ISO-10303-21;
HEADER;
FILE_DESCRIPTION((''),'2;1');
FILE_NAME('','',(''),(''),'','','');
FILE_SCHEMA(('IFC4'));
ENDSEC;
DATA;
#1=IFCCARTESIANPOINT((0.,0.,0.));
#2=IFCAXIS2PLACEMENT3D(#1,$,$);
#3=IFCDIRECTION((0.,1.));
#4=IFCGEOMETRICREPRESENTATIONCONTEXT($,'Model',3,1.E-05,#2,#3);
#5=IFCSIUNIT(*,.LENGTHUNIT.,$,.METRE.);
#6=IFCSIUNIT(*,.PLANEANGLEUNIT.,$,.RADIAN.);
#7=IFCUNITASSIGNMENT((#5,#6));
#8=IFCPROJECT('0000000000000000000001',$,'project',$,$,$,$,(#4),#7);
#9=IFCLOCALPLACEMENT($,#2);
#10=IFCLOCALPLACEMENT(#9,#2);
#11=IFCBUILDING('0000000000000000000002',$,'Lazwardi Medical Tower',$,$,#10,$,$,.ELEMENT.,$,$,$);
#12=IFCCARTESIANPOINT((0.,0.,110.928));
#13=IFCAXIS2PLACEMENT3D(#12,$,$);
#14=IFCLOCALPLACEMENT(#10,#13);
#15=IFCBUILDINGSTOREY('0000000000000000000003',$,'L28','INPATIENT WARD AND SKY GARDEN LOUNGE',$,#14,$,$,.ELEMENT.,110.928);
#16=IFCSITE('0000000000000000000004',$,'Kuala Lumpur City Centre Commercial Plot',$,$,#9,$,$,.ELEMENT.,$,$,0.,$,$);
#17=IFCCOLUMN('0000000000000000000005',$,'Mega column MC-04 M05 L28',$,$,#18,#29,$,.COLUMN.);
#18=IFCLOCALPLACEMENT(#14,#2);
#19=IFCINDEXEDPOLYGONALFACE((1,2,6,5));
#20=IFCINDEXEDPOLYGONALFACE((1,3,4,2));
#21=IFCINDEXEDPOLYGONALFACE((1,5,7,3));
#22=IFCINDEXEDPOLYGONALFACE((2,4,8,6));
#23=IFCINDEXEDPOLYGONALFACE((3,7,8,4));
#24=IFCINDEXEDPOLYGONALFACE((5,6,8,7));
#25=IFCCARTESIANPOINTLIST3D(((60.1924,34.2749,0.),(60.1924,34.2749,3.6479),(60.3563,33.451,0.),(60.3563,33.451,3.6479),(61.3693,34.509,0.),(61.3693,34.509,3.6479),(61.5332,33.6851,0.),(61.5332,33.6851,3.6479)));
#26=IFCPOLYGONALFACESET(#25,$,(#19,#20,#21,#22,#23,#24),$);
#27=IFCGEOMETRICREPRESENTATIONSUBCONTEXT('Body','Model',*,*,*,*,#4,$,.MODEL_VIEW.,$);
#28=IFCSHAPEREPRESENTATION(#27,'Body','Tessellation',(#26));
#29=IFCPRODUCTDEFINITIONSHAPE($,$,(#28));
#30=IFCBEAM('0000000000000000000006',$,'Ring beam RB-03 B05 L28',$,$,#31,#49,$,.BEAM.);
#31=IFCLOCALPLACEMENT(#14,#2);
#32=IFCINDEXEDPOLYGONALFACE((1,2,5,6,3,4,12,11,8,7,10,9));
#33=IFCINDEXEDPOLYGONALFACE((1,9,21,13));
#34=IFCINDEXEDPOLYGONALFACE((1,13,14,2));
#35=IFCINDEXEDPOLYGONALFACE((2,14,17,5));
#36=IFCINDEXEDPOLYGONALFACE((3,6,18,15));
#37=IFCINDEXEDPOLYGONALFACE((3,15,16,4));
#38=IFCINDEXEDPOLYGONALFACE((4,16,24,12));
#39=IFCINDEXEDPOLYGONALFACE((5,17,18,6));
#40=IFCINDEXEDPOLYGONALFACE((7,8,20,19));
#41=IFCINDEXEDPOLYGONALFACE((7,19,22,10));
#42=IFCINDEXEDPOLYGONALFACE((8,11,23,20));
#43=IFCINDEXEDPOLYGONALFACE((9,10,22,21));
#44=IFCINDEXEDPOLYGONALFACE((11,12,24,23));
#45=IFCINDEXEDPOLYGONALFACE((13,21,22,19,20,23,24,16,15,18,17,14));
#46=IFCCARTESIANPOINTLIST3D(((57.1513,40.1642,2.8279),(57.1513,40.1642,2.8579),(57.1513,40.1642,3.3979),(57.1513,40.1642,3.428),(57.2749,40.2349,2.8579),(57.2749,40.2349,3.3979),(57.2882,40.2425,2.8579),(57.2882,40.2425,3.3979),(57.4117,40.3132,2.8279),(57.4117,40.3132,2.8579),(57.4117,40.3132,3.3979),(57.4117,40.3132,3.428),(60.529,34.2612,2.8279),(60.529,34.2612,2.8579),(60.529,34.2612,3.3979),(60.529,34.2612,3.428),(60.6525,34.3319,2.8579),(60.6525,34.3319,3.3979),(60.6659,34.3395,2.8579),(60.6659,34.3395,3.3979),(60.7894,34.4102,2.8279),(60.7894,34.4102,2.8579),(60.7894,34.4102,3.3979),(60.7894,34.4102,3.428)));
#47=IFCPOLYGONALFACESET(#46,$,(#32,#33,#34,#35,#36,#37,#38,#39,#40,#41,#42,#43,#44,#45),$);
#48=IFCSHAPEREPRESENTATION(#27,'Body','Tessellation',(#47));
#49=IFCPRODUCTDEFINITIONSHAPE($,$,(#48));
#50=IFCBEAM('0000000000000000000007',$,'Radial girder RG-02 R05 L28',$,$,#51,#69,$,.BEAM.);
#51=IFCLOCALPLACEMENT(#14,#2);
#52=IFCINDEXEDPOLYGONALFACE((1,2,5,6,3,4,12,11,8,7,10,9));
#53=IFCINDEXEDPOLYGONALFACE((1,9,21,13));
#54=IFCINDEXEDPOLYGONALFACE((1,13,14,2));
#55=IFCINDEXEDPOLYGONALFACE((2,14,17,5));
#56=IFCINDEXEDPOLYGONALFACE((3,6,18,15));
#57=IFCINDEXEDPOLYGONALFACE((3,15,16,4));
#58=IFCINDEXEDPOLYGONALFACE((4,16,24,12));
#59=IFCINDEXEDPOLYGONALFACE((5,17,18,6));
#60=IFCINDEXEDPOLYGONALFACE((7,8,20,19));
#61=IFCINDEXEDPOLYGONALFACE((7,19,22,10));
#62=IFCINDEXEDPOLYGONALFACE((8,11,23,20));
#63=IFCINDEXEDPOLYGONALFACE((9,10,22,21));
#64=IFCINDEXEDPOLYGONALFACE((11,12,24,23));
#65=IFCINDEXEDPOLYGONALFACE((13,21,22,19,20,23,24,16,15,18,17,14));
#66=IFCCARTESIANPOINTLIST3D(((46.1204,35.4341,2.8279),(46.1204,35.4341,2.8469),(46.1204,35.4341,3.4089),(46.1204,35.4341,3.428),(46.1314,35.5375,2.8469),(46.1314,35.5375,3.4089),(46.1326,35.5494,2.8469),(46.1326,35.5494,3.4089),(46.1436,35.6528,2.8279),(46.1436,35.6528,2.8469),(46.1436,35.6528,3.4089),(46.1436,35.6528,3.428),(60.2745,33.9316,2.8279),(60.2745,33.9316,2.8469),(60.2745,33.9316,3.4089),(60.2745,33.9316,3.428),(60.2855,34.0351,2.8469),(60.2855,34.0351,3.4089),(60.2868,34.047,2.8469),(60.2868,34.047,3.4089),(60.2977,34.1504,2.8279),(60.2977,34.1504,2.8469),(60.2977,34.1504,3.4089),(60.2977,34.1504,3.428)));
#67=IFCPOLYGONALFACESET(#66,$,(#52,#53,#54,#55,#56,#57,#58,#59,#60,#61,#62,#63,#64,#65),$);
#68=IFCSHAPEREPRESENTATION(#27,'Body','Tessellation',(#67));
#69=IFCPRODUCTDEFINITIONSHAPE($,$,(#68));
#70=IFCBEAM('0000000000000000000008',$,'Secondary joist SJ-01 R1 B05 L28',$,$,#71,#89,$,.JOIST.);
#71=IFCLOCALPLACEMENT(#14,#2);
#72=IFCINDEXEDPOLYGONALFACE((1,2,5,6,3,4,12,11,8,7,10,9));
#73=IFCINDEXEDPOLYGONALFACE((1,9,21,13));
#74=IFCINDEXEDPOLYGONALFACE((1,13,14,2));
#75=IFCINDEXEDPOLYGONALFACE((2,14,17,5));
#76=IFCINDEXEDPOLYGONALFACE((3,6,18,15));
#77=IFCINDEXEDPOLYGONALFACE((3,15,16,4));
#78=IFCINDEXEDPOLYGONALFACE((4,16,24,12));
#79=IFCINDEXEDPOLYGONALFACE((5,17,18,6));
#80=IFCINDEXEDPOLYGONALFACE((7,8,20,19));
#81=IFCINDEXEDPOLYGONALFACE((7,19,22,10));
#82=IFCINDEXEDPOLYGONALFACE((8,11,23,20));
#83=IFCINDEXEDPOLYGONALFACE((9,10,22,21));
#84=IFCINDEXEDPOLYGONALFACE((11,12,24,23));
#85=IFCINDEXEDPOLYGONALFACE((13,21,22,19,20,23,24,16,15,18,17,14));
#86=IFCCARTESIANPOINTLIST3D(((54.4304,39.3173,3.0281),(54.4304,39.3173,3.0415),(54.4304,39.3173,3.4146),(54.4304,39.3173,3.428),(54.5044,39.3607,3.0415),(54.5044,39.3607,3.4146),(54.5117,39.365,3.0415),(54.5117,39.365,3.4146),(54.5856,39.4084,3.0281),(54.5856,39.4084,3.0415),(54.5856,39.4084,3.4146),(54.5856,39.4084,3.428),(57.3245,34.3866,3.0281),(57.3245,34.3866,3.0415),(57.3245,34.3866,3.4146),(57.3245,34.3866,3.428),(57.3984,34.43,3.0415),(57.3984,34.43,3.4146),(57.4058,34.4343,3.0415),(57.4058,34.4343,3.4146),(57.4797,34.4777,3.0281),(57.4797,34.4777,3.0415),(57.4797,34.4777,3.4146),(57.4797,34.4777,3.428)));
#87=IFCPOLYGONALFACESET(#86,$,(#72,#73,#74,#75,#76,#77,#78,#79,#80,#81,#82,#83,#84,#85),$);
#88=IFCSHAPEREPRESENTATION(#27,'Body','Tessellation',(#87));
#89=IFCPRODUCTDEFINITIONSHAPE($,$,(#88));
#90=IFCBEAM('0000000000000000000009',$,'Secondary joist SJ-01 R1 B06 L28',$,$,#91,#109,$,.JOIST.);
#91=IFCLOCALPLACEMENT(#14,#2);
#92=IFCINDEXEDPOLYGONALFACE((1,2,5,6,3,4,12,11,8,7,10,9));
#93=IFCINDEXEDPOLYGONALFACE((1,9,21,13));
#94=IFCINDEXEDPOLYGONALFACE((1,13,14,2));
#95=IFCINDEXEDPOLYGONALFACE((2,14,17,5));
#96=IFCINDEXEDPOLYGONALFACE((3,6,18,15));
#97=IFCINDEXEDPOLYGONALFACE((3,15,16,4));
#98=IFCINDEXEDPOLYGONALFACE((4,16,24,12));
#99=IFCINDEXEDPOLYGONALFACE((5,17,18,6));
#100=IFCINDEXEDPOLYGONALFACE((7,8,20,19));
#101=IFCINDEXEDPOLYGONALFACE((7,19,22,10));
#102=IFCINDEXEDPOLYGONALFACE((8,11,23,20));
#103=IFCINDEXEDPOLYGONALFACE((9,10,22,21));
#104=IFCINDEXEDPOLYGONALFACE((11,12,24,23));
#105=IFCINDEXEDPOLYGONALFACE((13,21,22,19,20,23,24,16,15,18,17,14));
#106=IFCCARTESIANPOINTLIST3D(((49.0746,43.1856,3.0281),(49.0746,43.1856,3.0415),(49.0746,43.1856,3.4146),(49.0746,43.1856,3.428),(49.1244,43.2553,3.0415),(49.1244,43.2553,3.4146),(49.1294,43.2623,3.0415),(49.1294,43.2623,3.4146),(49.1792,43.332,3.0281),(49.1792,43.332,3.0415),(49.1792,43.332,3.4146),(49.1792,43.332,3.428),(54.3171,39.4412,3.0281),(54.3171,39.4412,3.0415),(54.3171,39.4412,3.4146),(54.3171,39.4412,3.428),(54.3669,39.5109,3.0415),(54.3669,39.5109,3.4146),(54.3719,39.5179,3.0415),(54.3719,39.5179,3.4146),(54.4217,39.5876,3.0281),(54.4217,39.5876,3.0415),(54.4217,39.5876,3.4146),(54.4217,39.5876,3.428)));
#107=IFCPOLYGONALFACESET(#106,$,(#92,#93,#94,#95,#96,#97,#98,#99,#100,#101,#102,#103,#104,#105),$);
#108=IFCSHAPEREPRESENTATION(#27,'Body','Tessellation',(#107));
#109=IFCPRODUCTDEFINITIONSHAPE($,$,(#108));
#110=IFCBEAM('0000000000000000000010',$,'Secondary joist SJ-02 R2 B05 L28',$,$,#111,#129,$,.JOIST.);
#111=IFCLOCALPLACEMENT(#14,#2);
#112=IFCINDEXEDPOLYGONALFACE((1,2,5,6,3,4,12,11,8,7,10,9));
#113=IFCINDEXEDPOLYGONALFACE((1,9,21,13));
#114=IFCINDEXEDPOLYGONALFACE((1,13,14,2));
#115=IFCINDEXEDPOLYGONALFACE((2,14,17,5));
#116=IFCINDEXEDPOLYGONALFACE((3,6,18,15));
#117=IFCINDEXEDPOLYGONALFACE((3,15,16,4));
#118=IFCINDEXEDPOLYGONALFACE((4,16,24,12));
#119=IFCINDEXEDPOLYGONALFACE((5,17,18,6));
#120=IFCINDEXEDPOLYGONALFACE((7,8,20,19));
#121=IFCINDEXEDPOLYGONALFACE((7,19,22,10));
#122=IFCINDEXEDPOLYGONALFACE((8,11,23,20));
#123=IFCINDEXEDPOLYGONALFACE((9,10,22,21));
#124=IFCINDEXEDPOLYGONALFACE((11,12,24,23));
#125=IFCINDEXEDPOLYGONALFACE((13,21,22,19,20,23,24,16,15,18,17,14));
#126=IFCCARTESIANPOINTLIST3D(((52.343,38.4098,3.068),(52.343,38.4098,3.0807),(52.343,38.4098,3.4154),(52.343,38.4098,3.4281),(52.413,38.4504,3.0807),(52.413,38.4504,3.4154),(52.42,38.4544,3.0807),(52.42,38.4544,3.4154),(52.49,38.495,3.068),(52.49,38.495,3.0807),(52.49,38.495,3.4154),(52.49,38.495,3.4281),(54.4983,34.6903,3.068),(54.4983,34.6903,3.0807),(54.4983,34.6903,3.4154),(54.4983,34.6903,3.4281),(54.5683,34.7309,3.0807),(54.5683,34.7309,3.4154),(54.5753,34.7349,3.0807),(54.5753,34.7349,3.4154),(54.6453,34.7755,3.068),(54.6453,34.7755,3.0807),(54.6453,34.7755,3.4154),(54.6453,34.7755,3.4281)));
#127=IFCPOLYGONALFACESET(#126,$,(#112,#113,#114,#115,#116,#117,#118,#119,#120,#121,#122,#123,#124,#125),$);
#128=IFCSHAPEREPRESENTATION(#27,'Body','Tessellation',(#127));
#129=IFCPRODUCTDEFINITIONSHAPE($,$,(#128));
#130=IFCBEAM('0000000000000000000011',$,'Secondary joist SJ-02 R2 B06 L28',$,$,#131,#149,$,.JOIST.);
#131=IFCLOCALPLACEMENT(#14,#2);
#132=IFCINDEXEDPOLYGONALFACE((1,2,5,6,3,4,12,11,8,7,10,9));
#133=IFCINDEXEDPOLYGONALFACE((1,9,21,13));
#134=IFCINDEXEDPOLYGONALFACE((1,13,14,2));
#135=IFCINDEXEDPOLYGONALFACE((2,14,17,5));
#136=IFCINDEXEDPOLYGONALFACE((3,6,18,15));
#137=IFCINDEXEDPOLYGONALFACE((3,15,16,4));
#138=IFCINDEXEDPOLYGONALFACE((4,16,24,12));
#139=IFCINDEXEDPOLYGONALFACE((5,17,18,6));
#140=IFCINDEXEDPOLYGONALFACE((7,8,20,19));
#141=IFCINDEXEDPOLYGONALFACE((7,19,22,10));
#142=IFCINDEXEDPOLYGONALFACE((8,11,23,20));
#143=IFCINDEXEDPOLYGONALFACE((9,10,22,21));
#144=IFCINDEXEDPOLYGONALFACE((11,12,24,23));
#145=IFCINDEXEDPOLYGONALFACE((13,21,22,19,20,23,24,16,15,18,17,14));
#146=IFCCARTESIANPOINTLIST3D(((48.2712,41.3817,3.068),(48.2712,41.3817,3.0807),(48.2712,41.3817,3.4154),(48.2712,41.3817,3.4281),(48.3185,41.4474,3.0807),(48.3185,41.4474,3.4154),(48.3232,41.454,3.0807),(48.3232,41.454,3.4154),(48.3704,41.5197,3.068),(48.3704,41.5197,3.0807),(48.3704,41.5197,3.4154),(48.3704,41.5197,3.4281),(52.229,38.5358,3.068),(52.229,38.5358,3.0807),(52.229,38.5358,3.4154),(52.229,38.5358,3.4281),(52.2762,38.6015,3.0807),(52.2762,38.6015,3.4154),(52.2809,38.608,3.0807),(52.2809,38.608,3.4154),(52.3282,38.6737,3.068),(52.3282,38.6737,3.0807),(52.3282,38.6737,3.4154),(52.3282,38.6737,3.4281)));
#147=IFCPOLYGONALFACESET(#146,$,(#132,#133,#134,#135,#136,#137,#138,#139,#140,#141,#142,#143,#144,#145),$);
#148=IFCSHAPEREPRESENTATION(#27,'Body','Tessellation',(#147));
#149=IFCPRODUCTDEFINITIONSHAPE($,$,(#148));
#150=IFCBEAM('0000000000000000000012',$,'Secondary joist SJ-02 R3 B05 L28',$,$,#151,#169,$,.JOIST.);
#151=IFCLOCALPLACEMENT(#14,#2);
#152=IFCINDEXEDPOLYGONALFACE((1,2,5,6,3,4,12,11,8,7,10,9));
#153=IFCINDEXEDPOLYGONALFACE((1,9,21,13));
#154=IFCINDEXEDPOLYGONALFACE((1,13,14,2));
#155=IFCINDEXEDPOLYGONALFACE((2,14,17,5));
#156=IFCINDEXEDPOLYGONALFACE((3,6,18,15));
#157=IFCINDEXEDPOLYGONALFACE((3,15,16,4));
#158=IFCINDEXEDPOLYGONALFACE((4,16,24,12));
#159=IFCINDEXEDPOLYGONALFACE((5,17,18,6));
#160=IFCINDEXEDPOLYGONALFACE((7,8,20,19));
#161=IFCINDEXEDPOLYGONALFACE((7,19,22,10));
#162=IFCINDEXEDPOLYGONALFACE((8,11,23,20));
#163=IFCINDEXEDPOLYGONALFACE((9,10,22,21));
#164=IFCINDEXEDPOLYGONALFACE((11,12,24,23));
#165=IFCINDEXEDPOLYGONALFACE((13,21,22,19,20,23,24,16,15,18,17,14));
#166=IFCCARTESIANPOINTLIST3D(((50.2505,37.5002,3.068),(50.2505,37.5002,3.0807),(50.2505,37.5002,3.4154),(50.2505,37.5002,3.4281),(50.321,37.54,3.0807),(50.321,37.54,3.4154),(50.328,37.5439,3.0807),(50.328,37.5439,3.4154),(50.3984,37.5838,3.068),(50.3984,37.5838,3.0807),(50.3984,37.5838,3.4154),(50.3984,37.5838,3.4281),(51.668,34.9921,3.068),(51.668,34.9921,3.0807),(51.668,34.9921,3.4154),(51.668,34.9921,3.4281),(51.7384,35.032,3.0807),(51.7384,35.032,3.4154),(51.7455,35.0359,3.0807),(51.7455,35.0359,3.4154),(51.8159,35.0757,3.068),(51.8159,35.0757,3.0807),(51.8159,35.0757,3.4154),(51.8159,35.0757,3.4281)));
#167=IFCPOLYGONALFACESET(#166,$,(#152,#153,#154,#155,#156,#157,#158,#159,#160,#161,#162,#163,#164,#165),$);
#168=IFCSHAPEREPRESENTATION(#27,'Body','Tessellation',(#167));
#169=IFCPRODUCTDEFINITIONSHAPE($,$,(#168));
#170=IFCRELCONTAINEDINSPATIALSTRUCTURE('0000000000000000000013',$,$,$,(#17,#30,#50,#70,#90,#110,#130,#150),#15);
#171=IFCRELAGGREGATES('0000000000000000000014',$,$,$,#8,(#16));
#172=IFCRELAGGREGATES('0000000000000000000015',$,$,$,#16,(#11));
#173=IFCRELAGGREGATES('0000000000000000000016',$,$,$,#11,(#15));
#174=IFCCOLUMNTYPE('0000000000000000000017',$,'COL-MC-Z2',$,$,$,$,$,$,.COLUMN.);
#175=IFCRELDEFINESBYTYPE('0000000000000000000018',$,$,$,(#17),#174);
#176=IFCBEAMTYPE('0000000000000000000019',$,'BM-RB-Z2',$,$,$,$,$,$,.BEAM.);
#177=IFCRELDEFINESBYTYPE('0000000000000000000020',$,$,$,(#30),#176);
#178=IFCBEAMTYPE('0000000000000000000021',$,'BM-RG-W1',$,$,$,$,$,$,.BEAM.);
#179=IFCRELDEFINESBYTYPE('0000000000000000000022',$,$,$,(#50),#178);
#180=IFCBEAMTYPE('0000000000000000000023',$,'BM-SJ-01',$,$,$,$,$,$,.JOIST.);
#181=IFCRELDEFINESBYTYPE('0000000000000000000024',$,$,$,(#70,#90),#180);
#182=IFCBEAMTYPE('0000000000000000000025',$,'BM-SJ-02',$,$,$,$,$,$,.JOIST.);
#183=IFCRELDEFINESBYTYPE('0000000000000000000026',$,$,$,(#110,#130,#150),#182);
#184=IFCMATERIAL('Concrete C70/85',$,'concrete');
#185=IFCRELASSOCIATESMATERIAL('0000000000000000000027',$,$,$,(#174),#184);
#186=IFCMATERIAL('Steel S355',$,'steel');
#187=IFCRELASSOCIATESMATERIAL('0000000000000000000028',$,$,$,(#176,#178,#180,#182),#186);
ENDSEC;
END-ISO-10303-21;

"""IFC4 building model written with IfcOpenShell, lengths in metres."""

from ifc_helpers import new_model, si_unit, direction, frame, origin, origin_2d, place, context, subcontext, project, spatial, rectangle, i_section, extrude, material, material_profile, profile_set, type_object, element, save


model = new_model("IFC4")

# Units and contexts
model_context = context("Model", 3, precision=1e-05, world=origin(), true_north=direction((0.0, 1.0)))
body_context = subcontext(model_context, "Body", "Model", "MODEL_VIEW")
ifc_project = project(units=[si_unit("LENGTHUNIT", "METRE"), si_unit("PLANEANGLEUNIT", "RADIAN")], contexts=[model_context])

# Site, building, storey
site_placement = place(None, origin())
site = spatial("IfcSite", under=ifc_project, at=site_placement, Name="Kuala Lumpur City Centre Commercial Plot", CompositionType="ELEMENT", RefElevation=0.0)
building_placement = place(site_placement, origin())
building = spatial("IfcBuilding", under=site, at=building_placement, Name="Lazwardi Medical Tower", CompositionType="ELEMENT")
storey_placement = place(building_placement, frame((0.0, 0.0, 110.928)))
storey = spatial("IfcBuildingStorey", under=building, at=storey_placement, Name="L28", Description="INPATIENT WARD AND SKY GARDEN LOUNGE", CompositionType="ELEMENT", Elevation=110.928)

# Column
ifc_material_1 = material(Name="Concrete C70/85", Category="concrete")
ifc_material_profile_1 = material_profile(ifc_material_1, rectangle(XDim=1.2, YDim=0.8401, at=origin_2d()), Name="CFT-RECT 1200x840")
ifc_profile_set_1 = profile_set([ifc_material_profile_1], Name="Concrete C70/85")
column_type = type_object("IfcColumnType", Name="COL-MC-Z2", PredefinedType="COLUMN", material=ifc_profile_set_1)
column_placement = place(storey_placement, frame((60.8628, 33.98, 0.0), z_axis=(0.0, 0.0, 1.0), x_axis=(0.980785, 0.19509, 0.0)))
element("IfcColumn", 1, at=column_placement, inside=storey, type_object=column_type, Name="Mega column MC-04 M05 L28", PredefinedType="COLUMN", context=body_context, shape_type="SweptSolid", body=[
    extrude(rectangle(XDim=1.2, YDim=0.8401, at=origin_2d()), origin(), (0.0, 0.0, 1.0), 3.6479),
])

# Beams
ifc_material_2 = material(Name="Steel S355", Category="steel")
ifc_material_profile_2 = material_profile(ifc_material_2, i_section(OverallWidth=0.3, OverallDepth=0.6001, WebThickness=0.0154, FlangeThickness=0.03, at=origin_2d()), Name="HEB 600")
ifc_profile_set_2 = profile_set([ifc_material_profile_2], Name="Steel S355")
beam_type_1 = type_object("IfcBeamType", Name="BM-RB-Z2", PredefinedType="BEAM", material=ifc_profile_set_2)
beam_1_placement = place(storey_placement, frame((60.6592, 34.3357, 3.1279), z_axis=(-0.496638, 0.867958, 0.0), x_axis=(-0.867958, -0.496638, 0.0)))
element("IfcBeam", 2, at=beam_1_placement, inside=storey, type_object=beam_type_1, Name="Ring beam RB-03 B05 L28", PredefinedType="BEAM", context=body_context, shape_type="SweptSolid", body=[
    extrude(i_section(OverallWidth=0.3, OverallDepth=0.6001, WebThickness=0.0154, FlangeThickness=0.03, at=origin_2d()), origin(), (0.0, 0.0, 1.0), 6.801),
])
ifc_material_profile_3 = material_profile(ifc_material_2, i_section(OverallWidth=0.22, OverallDepth=0.6001, WebThickness=0.012, FlangeThickness=0.019, at=origin_2d()), Name="IPE 600")
ifc_profile_set_3 = profile_set([ifc_material_profile_3], Name="Steel S355")
beam_type_2 = type_object("IfcBeamType", Name="BM-RG-W1", PredefinedType="BEAM", material=ifc_profile_set_3)
beam_2_placement = place(storey_placement, frame((60.2861, 34.041, 3.1279), z_axis=(-0.994413, 0.105556, 0.0), x_axis=(-0.105556, -0.994413, 0.0)))
element("IfcBeam", 3, at=beam_2_placement, inside=storey, type_object=beam_type_2, Name="Radial girder RG-02 R05 L28", PredefinedType="BEAM", context=body_context, shape_type="SweptSolid", body=[
    extrude(i_section(OverallWidth=0.22, OverallDepth=0.6001, WebThickness=0.012, FlangeThickness=0.019, at=origin_2d()), origin(), (0.0, 0.0, 1.0), 14.2336),
])
ifc_material_profile_4 = material_profile(ifc_material_2, i_section(OverallWidth=0.1799, OverallDepth=0.3999, WebThickness=0.0085, FlangeThickness=0.0134, at=origin_2d()), Name="IPE 400")
ifc_profile_set_4 = profile_set([ifc_material_profile_4], Name="Steel S355")
beam_type_3 = type_object("IfcBeamType", Name="BM-SJ-01", PredefinedType="JOIST", material=ifc_profile_set_4)
beam_3_placement = place(storey_placement, frame((57.4021, 34.4321, 3.228), z_axis=(-0.506195, 0.862419, 0.0), x_axis=(-0.862419, -0.506195, 0.0)))
element("IfcBeam", 4, at=beam_3_placement, inside=storey, type_object=beam_type_3, Name="Secondary joist SJ-01 R1 B05 L28", PredefinedType="JOIST", context=body_context, shape_type="SweptSolid", body=[
    extrude(i_section(OverallWidth=0.1799, OverallDepth=0.3999, WebThickness=0.0085, FlangeThickness=0.0134, at=origin_2d()), origin(), (0.0, 0.0, 1.0), 5.7173),
])
beam_4_placement = place(storey_placement, frame((54.3694, 39.5144, 3.228), z_axis=(-0.813749, 0.581217, 0.0), x_axis=(-0.581217, -0.813749, 0.0)))
element("IfcBeam", 5, at=beam_4_placement, inside=storey, type_object=beam_type_3, Name="Secondary joist SJ-01 R1 B06 L28", PredefinedType="JOIST", context=body_context, shape_type="SweptSolid", body=[
    extrude(i_section(OverallWidth=0.1799, OverallDepth=0.3999, WebThickness=0.0085, FlangeThickness=0.0134, at=origin_2d()), origin(), (0.0, 0.0, 1.0), 6.4424),
])
ifc_material_profile_5 = material_profile(ifc_material_2, i_section(OverallWidth=0.1699, OverallDepth=0.3601, WebThickness=0.0081, FlangeThickness=0.0127, at=origin_2d()), Name="IPE 360")
ifc_profile_set_5 = profile_set([ifc_material_profile_5], Name="Steel S355")
beam_type_4 = type_object("IfcBeamType", Name="BM-SJ-02", PredefinedType="JOIST", material=ifc_profile_set_5)
beam_5_placement = place(storey_placement, frame((54.5718, 34.7329, 3.248), z_axis=(-0.501365, 0.865236, 0.0), x_axis=(-0.865236, -0.501365, 0.0)))
element("IfcBeam", 6, at=beam_5_placement, inside=storey, type_object=beam_type_4, Name="Secondary joist SJ-02 R2 B05 L28", PredefinedType="JOIST", context=body_context, shape_type="SweptSolid", body=[
    extrude(i_section(OverallWidth=0.1699, OverallDepth=0.3601, WebThickness=0.0081, FlangeThickness=0.0127, at=origin_2d()), origin(), (0.0, 0.0, 1.0), 4.2988),
])
beam_6_placement = place(storey_placement, frame((52.2786, 38.6047, 3.248), z_axis=(-0.811889, 0.583813, 0.0), x_axis=(-0.583813, -0.811889, 0.0)))
element("IfcBeam", 7, at=beam_6_placement, inside=storey, type_object=beam_type_4, Name="Secondary joist SJ-02 R2 B06 L28", PredefinedType="JOIST", context=body_context, shape_type="SweptSolid", body=[
    extrude(i_section(OverallWidth=0.1699, OverallDepth=0.3601, WebThickness=0.0081, FlangeThickness=0.0127, at=origin_2d()), origin(), (0.0, 0.0, 1.0), 4.8748),
])
beam_7_placement = place(storey_placement, frame((51.7419, 35.0339, 3.248), z_axis=(-0.492027, 0.87058, 0.0), x_axis=(-0.87058, -0.492027, 0.0)))
element("IfcBeam", 8, at=beam_7_placement, inside=storey, type_object=beam_type_4, Name="Secondary joist SJ-02 R3 B05 L28", PredefinedType="JOIST", context=body_context, shape_type="SweptSolid", body=[
    extrude(i_section(OverallWidth=0.1699, OverallDepth=0.3601, WebThickness=0.0081, FlangeThickness=0.0127, at=origin_2d()), origin(), (0.0, 0.0, 1.0), 2.8809),
])

save(model, "model.ifc")
